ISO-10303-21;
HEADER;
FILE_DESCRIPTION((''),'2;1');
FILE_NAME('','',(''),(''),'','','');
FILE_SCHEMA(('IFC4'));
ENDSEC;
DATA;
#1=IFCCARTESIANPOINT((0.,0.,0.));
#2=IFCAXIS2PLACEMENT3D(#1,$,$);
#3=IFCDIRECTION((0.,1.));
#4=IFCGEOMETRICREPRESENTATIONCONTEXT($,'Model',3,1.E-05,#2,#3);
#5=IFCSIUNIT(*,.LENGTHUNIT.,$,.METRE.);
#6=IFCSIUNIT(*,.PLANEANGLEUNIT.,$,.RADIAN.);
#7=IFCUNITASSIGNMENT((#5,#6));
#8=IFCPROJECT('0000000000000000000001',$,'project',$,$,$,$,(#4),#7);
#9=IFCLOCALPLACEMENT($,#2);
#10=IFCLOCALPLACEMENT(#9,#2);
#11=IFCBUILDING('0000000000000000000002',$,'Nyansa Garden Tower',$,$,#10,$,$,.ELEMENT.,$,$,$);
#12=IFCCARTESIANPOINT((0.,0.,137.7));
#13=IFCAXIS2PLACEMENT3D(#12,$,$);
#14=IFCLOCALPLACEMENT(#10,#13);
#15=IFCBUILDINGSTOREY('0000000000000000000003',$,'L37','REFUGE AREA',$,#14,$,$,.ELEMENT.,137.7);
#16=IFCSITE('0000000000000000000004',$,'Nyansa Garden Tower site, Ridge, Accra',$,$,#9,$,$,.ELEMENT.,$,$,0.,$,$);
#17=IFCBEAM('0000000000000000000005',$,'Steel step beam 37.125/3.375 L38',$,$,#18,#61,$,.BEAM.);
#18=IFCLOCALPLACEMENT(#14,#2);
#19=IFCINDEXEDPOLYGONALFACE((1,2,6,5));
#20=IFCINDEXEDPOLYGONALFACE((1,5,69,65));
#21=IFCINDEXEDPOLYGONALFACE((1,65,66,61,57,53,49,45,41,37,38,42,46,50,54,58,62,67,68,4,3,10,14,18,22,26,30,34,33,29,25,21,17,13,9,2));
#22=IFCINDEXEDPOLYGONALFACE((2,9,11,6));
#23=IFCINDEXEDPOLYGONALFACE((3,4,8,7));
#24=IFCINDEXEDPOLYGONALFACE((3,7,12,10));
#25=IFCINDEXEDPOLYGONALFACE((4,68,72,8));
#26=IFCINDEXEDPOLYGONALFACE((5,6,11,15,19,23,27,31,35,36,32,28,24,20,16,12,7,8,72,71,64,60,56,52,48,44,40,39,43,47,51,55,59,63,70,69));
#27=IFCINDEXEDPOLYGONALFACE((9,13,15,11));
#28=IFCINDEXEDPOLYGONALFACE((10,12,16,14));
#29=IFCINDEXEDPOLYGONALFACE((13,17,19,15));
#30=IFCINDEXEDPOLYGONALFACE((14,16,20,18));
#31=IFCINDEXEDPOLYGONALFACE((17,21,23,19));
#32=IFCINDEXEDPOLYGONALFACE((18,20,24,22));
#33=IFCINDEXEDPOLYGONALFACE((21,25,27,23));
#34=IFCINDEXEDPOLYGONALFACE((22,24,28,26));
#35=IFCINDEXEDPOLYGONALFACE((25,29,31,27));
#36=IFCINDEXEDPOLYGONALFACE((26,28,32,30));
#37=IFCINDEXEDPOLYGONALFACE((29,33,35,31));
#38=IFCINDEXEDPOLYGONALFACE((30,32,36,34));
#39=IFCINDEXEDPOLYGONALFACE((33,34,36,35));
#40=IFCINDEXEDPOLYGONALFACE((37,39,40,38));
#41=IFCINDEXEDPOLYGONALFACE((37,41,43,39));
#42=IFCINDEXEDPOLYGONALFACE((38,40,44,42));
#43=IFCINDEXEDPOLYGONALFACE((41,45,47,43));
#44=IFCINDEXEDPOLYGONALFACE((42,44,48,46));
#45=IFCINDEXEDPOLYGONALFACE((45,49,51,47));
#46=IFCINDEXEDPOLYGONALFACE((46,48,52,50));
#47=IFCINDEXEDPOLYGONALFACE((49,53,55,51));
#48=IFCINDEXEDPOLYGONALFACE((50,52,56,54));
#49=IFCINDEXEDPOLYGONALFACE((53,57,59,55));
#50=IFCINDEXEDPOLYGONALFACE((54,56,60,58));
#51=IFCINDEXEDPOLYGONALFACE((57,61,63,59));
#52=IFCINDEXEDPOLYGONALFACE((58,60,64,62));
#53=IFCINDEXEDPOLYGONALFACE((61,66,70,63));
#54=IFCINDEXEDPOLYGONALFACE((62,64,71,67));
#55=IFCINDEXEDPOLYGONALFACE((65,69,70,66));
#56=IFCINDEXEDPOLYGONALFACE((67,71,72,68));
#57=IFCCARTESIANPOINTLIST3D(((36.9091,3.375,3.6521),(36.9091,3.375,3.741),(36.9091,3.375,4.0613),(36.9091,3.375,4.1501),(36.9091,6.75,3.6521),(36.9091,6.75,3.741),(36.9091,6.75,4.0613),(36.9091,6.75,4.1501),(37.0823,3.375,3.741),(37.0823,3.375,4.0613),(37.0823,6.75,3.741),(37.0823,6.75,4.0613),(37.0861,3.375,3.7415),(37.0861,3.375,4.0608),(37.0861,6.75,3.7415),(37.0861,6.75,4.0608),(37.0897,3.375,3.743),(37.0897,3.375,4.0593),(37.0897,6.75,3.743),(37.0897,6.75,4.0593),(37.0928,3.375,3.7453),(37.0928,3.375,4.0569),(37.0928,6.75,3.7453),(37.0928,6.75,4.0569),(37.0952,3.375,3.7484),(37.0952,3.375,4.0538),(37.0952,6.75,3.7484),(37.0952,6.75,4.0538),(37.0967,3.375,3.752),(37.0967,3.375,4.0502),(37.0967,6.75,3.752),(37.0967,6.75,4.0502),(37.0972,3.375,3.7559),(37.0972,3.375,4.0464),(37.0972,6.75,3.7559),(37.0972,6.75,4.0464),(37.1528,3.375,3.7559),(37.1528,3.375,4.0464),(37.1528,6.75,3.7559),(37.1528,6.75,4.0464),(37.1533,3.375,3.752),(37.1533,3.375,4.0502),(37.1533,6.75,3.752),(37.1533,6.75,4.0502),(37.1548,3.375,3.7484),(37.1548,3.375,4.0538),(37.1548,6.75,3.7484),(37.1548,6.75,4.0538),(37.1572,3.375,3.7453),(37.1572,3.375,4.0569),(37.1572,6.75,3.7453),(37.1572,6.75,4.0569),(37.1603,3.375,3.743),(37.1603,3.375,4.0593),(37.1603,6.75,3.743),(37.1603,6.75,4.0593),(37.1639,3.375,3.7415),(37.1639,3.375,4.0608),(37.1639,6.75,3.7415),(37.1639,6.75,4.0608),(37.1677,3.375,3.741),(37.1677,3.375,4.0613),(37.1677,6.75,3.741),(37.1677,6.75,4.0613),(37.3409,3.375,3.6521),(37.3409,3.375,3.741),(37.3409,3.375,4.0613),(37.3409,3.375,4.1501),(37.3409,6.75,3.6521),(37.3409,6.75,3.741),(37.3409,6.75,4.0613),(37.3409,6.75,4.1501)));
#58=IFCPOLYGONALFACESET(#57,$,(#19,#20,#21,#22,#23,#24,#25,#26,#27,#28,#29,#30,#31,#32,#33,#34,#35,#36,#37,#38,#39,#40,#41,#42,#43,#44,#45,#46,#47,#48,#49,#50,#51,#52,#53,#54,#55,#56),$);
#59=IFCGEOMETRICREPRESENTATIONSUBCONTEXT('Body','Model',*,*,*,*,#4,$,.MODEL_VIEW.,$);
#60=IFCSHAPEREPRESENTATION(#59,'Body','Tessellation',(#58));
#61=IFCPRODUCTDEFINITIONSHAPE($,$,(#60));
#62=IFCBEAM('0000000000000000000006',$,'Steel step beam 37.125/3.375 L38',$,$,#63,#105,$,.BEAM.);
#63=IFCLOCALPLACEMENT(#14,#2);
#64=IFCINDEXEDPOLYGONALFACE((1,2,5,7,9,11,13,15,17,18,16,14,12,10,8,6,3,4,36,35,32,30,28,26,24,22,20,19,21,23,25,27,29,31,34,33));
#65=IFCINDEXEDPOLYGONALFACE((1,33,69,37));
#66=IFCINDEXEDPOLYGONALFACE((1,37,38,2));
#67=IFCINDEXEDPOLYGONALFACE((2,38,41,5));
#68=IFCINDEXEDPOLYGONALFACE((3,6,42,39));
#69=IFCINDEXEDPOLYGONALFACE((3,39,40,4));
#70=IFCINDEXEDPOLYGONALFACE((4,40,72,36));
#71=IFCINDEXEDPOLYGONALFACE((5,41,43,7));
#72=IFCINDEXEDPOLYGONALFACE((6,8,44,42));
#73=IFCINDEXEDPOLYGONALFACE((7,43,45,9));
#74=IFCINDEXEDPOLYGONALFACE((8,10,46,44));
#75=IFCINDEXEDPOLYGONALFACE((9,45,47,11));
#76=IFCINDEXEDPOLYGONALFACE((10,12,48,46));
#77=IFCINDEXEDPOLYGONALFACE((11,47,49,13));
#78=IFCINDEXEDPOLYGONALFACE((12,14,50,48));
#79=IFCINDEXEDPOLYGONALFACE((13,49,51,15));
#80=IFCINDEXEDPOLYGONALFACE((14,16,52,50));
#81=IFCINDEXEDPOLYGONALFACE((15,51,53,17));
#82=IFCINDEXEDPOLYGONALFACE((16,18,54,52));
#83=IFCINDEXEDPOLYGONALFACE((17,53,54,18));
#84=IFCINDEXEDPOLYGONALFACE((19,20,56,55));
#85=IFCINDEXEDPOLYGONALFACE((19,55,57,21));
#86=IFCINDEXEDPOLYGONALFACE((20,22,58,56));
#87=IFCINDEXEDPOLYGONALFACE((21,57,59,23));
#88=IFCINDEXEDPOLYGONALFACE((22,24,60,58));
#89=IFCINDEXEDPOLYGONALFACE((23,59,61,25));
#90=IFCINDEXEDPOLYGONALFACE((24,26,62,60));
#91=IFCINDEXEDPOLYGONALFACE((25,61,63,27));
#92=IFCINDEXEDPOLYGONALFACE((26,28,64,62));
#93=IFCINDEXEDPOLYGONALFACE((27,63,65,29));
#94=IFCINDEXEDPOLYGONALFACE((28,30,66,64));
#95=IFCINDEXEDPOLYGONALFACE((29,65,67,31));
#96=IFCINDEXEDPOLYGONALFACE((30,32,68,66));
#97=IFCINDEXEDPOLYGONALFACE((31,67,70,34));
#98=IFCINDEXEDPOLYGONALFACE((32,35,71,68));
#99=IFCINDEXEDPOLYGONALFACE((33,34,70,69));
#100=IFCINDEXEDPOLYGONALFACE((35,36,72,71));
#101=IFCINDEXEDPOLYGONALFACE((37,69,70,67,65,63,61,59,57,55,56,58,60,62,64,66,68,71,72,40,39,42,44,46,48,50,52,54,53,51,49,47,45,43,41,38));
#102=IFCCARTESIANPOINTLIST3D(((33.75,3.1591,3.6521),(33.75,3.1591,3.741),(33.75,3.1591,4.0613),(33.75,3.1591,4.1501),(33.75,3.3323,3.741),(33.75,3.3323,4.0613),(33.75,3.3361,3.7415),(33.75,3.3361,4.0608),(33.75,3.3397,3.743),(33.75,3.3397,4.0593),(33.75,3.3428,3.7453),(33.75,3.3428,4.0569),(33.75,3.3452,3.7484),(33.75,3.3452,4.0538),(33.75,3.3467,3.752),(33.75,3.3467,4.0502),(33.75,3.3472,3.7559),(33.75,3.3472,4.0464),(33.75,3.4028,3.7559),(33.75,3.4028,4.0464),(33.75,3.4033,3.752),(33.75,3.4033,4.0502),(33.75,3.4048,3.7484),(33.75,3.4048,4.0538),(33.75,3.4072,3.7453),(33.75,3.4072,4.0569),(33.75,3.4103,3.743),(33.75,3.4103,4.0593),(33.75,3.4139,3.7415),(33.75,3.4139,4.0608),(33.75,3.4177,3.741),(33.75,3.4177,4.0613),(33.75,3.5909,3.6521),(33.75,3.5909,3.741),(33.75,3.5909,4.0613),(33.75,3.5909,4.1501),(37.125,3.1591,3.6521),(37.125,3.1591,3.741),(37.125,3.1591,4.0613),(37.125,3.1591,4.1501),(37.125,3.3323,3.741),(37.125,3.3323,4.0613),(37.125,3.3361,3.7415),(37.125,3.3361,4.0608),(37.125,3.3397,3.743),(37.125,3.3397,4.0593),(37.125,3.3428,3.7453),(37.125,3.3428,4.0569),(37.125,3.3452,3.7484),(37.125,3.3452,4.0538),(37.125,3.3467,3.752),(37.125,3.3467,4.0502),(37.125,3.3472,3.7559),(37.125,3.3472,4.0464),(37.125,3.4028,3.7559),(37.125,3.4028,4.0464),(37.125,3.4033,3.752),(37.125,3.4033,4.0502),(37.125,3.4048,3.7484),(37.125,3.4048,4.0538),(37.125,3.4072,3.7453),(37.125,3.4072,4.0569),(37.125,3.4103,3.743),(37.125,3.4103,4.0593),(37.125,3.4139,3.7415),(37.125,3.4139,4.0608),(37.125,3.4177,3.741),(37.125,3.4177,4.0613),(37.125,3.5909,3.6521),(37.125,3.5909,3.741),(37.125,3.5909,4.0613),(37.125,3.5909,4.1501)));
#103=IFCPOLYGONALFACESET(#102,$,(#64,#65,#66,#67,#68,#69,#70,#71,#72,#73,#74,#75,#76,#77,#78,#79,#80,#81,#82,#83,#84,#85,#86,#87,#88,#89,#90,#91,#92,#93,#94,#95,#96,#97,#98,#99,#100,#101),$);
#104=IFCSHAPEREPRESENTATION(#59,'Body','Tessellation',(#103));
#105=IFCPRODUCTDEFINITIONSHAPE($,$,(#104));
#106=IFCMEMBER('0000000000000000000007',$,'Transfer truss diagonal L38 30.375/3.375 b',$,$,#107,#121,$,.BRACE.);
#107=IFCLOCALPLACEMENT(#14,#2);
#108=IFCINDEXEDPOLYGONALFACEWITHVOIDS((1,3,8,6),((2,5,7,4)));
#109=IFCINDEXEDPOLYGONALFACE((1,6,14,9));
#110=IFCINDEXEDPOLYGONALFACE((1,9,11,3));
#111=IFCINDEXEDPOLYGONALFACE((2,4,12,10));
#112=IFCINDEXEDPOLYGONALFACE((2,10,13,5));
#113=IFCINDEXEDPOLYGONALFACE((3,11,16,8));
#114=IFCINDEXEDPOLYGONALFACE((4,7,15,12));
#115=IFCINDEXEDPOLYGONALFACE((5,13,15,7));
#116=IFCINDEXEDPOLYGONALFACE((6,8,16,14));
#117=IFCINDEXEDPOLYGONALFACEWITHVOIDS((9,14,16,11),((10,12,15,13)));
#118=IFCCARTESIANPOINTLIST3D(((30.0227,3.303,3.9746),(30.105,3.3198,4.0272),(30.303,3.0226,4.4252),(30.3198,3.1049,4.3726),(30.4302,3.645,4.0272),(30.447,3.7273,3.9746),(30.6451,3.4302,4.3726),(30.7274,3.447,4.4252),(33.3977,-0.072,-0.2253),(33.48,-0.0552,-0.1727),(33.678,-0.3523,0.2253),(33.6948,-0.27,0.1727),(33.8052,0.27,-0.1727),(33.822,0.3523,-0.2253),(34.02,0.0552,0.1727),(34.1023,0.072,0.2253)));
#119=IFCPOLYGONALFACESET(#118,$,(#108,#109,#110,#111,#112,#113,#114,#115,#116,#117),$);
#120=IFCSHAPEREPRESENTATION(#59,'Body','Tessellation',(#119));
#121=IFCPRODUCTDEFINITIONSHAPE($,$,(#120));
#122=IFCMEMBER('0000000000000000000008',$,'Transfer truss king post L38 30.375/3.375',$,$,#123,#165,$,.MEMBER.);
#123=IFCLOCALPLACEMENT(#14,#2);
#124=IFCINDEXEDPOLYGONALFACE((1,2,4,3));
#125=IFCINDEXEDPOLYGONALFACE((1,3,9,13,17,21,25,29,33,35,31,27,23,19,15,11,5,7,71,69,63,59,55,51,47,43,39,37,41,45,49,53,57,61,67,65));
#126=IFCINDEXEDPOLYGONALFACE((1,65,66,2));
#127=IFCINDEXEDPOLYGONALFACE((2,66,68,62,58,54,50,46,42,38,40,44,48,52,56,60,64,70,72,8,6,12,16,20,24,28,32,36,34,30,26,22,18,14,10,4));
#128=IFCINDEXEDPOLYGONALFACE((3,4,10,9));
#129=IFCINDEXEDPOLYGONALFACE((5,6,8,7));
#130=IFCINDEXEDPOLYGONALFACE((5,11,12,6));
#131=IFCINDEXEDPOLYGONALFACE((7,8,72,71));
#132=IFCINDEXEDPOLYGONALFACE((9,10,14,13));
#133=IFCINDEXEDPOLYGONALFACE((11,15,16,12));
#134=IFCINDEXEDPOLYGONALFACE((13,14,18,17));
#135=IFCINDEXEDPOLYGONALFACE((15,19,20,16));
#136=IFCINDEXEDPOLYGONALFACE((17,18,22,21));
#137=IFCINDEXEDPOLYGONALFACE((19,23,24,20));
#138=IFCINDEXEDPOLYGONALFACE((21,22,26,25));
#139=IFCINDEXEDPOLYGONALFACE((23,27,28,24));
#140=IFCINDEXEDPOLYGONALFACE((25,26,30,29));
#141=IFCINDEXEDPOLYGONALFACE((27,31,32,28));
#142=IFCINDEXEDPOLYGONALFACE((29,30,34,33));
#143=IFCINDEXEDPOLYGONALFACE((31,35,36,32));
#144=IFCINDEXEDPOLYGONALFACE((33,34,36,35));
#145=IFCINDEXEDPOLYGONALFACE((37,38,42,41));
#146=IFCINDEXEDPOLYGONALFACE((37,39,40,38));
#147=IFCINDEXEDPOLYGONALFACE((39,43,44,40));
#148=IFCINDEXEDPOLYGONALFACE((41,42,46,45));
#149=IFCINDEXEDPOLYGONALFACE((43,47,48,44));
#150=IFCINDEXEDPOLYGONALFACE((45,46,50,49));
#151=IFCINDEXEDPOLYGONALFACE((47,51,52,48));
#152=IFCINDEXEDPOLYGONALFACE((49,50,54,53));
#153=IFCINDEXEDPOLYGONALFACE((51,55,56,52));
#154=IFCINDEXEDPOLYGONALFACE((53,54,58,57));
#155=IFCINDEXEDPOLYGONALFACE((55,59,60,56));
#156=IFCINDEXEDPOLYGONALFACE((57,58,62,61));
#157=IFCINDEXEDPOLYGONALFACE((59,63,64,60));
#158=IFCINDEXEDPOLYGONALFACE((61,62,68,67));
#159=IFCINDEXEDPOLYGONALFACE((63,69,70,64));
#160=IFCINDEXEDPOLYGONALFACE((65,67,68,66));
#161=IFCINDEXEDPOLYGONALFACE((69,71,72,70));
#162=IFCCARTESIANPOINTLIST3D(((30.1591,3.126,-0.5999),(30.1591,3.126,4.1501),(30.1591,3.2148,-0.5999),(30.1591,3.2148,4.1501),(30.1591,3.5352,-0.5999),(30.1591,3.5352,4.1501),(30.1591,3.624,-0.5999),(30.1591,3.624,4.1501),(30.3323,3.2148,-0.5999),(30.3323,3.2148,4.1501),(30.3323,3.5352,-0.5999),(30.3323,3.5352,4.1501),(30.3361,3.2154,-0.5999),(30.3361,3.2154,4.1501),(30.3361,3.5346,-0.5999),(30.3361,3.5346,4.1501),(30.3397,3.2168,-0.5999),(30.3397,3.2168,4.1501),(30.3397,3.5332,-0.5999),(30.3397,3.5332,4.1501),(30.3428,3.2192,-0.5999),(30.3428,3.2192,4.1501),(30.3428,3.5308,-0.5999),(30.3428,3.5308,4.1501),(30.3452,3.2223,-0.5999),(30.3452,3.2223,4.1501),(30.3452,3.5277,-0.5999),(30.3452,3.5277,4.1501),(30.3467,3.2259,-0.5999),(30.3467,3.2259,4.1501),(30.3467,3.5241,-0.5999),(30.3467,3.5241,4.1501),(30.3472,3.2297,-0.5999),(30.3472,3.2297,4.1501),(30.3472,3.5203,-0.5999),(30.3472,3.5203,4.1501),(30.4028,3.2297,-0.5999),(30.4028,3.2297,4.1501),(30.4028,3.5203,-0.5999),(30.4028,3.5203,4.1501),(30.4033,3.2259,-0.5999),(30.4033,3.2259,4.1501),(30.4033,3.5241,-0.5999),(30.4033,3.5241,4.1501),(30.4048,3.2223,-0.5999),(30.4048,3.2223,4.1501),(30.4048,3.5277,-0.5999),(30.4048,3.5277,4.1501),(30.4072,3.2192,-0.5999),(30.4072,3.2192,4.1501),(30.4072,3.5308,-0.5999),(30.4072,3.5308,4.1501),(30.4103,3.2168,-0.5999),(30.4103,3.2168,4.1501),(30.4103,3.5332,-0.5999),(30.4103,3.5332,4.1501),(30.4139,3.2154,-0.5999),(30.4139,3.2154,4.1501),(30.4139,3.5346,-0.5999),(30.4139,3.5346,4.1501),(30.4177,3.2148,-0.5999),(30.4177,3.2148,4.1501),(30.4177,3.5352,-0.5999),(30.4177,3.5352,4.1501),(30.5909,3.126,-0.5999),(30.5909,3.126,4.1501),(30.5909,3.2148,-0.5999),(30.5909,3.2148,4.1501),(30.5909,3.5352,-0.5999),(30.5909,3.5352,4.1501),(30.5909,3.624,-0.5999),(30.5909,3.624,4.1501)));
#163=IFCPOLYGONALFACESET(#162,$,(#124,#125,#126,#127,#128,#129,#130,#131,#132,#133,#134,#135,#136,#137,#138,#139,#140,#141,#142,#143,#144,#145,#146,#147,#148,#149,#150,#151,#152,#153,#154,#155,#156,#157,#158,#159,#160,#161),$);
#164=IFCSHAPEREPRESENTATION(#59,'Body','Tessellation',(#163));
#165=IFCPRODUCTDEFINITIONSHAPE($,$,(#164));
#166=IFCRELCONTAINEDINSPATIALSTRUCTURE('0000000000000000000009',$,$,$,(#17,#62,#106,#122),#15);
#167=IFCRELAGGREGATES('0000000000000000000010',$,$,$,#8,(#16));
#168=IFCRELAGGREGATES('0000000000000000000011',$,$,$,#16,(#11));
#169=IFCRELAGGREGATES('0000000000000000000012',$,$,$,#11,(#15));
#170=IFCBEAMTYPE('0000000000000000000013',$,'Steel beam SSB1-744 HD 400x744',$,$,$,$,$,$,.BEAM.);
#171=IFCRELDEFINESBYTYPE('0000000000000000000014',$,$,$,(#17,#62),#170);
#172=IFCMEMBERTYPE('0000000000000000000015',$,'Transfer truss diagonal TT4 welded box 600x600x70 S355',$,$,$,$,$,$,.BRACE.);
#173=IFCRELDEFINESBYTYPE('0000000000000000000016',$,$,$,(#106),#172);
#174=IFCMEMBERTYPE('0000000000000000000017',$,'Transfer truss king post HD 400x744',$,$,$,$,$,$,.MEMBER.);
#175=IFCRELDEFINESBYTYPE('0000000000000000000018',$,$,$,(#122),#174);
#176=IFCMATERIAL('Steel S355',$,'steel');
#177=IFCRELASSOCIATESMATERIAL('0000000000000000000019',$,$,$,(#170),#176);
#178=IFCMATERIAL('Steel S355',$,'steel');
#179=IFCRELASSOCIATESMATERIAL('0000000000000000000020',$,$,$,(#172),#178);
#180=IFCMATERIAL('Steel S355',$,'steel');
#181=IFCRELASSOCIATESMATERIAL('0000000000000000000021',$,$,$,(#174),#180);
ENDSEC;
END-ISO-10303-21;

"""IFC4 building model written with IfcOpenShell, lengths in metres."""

from ifc_helpers import new_model, si_unit, direction, frame, origin, origin_2d, place, context, subcontext, project, spatial, hollow_rectangle, i_section, extrude, material, material_profile, profile_set, type_object, element, save


model = new_model("IFC4")

# Units and contexts
model_context = context("Model", 3, precision=1e-05, world=origin(), true_north=direction((0.0, 1.0)))
body_context = subcontext(model_context, "Body", "Model", "MODEL_VIEW")
ifc_project = project(units=[si_unit("LENGTHUNIT", "METRE"), si_unit("PLANEANGLEUNIT", "RADIAN")], contexts=[model_context])

# Site, building, storey
site_placement = place(None, origin())
site = spatial("IfcSite", under=ifc_project, at=site_placement, Name="Nyansa Garden Tower site, Ridge, Accra", CompositionType="ELEMENT", RefElevation=0.0)
building_placement = place(site_placement, origin())
building = spatial("IfcBuilding", under=site, at=building_placement, Name="Nyansa Garden Tower", CompositionType="ELEMENT")
storey_placement = place(building_placement, frame((0.0, 0.0, 137.7)))
storey = spatial("IfcBuildingStorey", under=building, at=storey_placement, Name="L37", Description="REFUGE AREA", CompositionType="ELEMENT", Elevation=137.7)

# Beams
ifc_material_1 = material(Name="Steel S355", Category="steel")
ifc_material_profile_1 = material_profile(ifc_material_1, i_section(OverallWidth=0.4319, OverallDepth=0.498, WebThickness=0.0557, FlangeThickness=0.0889, FilletRadius=0.0149, at=origin_2d()), Name="HD 400x744")
ifc_profile_set_1 = profile_set([ifc_material_profile_1], Name="Steel S355")
beam_type_1 = type_object("IfcBeamType", Name="Steel beam SSB1-744 HD 400x744", PredefinedType="BEAM", material=ifc_profile_set_1)
for number, where, z_axis, x_axis, name in (
    (1, (37.125, 3.375, 3.9011), (0.0, 1.0, 0.0), (-1.0, 0.0, 0.0), "Steel step beam 37.125/3.375 L38"),
    (2, (37.125, 3.375, 3.9011), (-1.0, 0.0, 0.0), (0.0, -1.0, 0.0), "Steel step beam 37.125/3.375 L38"),
):
    element("IfcBeam", number, at=place(storey_placement, frame(where, z_axis=z_axis, x_axis=x_axis)), inside=storey, type_object=beam_type_1, Name=name, PredefinedType="BEAM", context=body_context, shape_type="SweptSolid", body=[
        extrude(i_section(OverallWidth=0.4319, OverallDepth=0.498, WebThickness=0.0557, FlangeThickness=0.0889, FilletRadius=0.0149, at=origin_2d()), origin(), (0.0, 0.0, 1.0), 3.375),
    ])

# Members
ifc_material_2 = material(Name="Steel S355", Category="steel")
ifc_material_profile_2 = material_profile(ifc_material_2, hollow_rectangle(XDim=0.6001, YDim=0.6001, WallThickness=0.0701, at=origin_2d()), Name="Welded box 600x600x70")
ifc_profile_set_2 = profile_set([ifc_material_profile_2], Name="Steel S355")
member_type_1 = type_object("IfcMemberType", Name="Transfer truss diagonal TT4 welded box 600x600x70 S355", PredefinedType="BRACE", material=ifc_profile_set_2)
member_1_placement = place(storey_placement, frame((33.75, 0.0, 0.0), z_axis=(-0.530849, 0.530849, 0.660605), x_axis=(-0.707107, -0.707107, 0.0)))
element("IfcMember", 3, at=member_1_placement, inside=storey, type_object=member_type_1, Name="Transfer truss diagonal L38 30.375/3.375 b", PredefinedType="BRACE", context=body_context, shape_type="SweptSolid", body=[
    extrude(hollow_rectangle(XDim=0.6001, YDim=0.6001, WallThickness=0.0701, at=origin_2d()), origin(), (0.0, 0.0, 1.0), 6.3577),
])
ifc_material_3 = material(Name="Steel S355", Category="steel")
ifc_material_profile_3 = material_profile(ifc_material_3, i_section(OverallWidth=0.4319, OverallDepth=0.498, WebThickness=0.0557, FlangeThickness=0.0889, FilletRadius=0.0149, at=origin_2d()), Name="HD 400x744")
ifc_profile_set_3 = profile_set([ifc_material_profile_3], Name="Steel S355")
member_type_2 = type_object("IfcMemberType", Name="Transfer truss king post HD 400x744", PredefinedType="MEMBER", material=ifc_profile_set_3)
member_2_placement = place(storey_placement, frame((30.375, 3.375, -0.5999), z_axis=(0.0, 0.0, 1.0), x_axis=(1.0, 0.0, 0.0)))
element("IfcMember", 4, at=member_2_placement, inside=storey, type_object=member_type_2, Name="Transfer truss king post L38 30.375/3.375", PredefinedType="MEMBER", context=body_context, shape_type="SweptSolid", body=[
    extrude(i_section(OverallWidth=0.4319, OverallDepth=0.498, WebThickness=0.0557, FlangeThickness=0.0889, FilletRadius=0.0149, at=origin_2d()), origin(), (0.0, 0.0, 1.0), 4.75),
])

save(model, "model.ifc")
